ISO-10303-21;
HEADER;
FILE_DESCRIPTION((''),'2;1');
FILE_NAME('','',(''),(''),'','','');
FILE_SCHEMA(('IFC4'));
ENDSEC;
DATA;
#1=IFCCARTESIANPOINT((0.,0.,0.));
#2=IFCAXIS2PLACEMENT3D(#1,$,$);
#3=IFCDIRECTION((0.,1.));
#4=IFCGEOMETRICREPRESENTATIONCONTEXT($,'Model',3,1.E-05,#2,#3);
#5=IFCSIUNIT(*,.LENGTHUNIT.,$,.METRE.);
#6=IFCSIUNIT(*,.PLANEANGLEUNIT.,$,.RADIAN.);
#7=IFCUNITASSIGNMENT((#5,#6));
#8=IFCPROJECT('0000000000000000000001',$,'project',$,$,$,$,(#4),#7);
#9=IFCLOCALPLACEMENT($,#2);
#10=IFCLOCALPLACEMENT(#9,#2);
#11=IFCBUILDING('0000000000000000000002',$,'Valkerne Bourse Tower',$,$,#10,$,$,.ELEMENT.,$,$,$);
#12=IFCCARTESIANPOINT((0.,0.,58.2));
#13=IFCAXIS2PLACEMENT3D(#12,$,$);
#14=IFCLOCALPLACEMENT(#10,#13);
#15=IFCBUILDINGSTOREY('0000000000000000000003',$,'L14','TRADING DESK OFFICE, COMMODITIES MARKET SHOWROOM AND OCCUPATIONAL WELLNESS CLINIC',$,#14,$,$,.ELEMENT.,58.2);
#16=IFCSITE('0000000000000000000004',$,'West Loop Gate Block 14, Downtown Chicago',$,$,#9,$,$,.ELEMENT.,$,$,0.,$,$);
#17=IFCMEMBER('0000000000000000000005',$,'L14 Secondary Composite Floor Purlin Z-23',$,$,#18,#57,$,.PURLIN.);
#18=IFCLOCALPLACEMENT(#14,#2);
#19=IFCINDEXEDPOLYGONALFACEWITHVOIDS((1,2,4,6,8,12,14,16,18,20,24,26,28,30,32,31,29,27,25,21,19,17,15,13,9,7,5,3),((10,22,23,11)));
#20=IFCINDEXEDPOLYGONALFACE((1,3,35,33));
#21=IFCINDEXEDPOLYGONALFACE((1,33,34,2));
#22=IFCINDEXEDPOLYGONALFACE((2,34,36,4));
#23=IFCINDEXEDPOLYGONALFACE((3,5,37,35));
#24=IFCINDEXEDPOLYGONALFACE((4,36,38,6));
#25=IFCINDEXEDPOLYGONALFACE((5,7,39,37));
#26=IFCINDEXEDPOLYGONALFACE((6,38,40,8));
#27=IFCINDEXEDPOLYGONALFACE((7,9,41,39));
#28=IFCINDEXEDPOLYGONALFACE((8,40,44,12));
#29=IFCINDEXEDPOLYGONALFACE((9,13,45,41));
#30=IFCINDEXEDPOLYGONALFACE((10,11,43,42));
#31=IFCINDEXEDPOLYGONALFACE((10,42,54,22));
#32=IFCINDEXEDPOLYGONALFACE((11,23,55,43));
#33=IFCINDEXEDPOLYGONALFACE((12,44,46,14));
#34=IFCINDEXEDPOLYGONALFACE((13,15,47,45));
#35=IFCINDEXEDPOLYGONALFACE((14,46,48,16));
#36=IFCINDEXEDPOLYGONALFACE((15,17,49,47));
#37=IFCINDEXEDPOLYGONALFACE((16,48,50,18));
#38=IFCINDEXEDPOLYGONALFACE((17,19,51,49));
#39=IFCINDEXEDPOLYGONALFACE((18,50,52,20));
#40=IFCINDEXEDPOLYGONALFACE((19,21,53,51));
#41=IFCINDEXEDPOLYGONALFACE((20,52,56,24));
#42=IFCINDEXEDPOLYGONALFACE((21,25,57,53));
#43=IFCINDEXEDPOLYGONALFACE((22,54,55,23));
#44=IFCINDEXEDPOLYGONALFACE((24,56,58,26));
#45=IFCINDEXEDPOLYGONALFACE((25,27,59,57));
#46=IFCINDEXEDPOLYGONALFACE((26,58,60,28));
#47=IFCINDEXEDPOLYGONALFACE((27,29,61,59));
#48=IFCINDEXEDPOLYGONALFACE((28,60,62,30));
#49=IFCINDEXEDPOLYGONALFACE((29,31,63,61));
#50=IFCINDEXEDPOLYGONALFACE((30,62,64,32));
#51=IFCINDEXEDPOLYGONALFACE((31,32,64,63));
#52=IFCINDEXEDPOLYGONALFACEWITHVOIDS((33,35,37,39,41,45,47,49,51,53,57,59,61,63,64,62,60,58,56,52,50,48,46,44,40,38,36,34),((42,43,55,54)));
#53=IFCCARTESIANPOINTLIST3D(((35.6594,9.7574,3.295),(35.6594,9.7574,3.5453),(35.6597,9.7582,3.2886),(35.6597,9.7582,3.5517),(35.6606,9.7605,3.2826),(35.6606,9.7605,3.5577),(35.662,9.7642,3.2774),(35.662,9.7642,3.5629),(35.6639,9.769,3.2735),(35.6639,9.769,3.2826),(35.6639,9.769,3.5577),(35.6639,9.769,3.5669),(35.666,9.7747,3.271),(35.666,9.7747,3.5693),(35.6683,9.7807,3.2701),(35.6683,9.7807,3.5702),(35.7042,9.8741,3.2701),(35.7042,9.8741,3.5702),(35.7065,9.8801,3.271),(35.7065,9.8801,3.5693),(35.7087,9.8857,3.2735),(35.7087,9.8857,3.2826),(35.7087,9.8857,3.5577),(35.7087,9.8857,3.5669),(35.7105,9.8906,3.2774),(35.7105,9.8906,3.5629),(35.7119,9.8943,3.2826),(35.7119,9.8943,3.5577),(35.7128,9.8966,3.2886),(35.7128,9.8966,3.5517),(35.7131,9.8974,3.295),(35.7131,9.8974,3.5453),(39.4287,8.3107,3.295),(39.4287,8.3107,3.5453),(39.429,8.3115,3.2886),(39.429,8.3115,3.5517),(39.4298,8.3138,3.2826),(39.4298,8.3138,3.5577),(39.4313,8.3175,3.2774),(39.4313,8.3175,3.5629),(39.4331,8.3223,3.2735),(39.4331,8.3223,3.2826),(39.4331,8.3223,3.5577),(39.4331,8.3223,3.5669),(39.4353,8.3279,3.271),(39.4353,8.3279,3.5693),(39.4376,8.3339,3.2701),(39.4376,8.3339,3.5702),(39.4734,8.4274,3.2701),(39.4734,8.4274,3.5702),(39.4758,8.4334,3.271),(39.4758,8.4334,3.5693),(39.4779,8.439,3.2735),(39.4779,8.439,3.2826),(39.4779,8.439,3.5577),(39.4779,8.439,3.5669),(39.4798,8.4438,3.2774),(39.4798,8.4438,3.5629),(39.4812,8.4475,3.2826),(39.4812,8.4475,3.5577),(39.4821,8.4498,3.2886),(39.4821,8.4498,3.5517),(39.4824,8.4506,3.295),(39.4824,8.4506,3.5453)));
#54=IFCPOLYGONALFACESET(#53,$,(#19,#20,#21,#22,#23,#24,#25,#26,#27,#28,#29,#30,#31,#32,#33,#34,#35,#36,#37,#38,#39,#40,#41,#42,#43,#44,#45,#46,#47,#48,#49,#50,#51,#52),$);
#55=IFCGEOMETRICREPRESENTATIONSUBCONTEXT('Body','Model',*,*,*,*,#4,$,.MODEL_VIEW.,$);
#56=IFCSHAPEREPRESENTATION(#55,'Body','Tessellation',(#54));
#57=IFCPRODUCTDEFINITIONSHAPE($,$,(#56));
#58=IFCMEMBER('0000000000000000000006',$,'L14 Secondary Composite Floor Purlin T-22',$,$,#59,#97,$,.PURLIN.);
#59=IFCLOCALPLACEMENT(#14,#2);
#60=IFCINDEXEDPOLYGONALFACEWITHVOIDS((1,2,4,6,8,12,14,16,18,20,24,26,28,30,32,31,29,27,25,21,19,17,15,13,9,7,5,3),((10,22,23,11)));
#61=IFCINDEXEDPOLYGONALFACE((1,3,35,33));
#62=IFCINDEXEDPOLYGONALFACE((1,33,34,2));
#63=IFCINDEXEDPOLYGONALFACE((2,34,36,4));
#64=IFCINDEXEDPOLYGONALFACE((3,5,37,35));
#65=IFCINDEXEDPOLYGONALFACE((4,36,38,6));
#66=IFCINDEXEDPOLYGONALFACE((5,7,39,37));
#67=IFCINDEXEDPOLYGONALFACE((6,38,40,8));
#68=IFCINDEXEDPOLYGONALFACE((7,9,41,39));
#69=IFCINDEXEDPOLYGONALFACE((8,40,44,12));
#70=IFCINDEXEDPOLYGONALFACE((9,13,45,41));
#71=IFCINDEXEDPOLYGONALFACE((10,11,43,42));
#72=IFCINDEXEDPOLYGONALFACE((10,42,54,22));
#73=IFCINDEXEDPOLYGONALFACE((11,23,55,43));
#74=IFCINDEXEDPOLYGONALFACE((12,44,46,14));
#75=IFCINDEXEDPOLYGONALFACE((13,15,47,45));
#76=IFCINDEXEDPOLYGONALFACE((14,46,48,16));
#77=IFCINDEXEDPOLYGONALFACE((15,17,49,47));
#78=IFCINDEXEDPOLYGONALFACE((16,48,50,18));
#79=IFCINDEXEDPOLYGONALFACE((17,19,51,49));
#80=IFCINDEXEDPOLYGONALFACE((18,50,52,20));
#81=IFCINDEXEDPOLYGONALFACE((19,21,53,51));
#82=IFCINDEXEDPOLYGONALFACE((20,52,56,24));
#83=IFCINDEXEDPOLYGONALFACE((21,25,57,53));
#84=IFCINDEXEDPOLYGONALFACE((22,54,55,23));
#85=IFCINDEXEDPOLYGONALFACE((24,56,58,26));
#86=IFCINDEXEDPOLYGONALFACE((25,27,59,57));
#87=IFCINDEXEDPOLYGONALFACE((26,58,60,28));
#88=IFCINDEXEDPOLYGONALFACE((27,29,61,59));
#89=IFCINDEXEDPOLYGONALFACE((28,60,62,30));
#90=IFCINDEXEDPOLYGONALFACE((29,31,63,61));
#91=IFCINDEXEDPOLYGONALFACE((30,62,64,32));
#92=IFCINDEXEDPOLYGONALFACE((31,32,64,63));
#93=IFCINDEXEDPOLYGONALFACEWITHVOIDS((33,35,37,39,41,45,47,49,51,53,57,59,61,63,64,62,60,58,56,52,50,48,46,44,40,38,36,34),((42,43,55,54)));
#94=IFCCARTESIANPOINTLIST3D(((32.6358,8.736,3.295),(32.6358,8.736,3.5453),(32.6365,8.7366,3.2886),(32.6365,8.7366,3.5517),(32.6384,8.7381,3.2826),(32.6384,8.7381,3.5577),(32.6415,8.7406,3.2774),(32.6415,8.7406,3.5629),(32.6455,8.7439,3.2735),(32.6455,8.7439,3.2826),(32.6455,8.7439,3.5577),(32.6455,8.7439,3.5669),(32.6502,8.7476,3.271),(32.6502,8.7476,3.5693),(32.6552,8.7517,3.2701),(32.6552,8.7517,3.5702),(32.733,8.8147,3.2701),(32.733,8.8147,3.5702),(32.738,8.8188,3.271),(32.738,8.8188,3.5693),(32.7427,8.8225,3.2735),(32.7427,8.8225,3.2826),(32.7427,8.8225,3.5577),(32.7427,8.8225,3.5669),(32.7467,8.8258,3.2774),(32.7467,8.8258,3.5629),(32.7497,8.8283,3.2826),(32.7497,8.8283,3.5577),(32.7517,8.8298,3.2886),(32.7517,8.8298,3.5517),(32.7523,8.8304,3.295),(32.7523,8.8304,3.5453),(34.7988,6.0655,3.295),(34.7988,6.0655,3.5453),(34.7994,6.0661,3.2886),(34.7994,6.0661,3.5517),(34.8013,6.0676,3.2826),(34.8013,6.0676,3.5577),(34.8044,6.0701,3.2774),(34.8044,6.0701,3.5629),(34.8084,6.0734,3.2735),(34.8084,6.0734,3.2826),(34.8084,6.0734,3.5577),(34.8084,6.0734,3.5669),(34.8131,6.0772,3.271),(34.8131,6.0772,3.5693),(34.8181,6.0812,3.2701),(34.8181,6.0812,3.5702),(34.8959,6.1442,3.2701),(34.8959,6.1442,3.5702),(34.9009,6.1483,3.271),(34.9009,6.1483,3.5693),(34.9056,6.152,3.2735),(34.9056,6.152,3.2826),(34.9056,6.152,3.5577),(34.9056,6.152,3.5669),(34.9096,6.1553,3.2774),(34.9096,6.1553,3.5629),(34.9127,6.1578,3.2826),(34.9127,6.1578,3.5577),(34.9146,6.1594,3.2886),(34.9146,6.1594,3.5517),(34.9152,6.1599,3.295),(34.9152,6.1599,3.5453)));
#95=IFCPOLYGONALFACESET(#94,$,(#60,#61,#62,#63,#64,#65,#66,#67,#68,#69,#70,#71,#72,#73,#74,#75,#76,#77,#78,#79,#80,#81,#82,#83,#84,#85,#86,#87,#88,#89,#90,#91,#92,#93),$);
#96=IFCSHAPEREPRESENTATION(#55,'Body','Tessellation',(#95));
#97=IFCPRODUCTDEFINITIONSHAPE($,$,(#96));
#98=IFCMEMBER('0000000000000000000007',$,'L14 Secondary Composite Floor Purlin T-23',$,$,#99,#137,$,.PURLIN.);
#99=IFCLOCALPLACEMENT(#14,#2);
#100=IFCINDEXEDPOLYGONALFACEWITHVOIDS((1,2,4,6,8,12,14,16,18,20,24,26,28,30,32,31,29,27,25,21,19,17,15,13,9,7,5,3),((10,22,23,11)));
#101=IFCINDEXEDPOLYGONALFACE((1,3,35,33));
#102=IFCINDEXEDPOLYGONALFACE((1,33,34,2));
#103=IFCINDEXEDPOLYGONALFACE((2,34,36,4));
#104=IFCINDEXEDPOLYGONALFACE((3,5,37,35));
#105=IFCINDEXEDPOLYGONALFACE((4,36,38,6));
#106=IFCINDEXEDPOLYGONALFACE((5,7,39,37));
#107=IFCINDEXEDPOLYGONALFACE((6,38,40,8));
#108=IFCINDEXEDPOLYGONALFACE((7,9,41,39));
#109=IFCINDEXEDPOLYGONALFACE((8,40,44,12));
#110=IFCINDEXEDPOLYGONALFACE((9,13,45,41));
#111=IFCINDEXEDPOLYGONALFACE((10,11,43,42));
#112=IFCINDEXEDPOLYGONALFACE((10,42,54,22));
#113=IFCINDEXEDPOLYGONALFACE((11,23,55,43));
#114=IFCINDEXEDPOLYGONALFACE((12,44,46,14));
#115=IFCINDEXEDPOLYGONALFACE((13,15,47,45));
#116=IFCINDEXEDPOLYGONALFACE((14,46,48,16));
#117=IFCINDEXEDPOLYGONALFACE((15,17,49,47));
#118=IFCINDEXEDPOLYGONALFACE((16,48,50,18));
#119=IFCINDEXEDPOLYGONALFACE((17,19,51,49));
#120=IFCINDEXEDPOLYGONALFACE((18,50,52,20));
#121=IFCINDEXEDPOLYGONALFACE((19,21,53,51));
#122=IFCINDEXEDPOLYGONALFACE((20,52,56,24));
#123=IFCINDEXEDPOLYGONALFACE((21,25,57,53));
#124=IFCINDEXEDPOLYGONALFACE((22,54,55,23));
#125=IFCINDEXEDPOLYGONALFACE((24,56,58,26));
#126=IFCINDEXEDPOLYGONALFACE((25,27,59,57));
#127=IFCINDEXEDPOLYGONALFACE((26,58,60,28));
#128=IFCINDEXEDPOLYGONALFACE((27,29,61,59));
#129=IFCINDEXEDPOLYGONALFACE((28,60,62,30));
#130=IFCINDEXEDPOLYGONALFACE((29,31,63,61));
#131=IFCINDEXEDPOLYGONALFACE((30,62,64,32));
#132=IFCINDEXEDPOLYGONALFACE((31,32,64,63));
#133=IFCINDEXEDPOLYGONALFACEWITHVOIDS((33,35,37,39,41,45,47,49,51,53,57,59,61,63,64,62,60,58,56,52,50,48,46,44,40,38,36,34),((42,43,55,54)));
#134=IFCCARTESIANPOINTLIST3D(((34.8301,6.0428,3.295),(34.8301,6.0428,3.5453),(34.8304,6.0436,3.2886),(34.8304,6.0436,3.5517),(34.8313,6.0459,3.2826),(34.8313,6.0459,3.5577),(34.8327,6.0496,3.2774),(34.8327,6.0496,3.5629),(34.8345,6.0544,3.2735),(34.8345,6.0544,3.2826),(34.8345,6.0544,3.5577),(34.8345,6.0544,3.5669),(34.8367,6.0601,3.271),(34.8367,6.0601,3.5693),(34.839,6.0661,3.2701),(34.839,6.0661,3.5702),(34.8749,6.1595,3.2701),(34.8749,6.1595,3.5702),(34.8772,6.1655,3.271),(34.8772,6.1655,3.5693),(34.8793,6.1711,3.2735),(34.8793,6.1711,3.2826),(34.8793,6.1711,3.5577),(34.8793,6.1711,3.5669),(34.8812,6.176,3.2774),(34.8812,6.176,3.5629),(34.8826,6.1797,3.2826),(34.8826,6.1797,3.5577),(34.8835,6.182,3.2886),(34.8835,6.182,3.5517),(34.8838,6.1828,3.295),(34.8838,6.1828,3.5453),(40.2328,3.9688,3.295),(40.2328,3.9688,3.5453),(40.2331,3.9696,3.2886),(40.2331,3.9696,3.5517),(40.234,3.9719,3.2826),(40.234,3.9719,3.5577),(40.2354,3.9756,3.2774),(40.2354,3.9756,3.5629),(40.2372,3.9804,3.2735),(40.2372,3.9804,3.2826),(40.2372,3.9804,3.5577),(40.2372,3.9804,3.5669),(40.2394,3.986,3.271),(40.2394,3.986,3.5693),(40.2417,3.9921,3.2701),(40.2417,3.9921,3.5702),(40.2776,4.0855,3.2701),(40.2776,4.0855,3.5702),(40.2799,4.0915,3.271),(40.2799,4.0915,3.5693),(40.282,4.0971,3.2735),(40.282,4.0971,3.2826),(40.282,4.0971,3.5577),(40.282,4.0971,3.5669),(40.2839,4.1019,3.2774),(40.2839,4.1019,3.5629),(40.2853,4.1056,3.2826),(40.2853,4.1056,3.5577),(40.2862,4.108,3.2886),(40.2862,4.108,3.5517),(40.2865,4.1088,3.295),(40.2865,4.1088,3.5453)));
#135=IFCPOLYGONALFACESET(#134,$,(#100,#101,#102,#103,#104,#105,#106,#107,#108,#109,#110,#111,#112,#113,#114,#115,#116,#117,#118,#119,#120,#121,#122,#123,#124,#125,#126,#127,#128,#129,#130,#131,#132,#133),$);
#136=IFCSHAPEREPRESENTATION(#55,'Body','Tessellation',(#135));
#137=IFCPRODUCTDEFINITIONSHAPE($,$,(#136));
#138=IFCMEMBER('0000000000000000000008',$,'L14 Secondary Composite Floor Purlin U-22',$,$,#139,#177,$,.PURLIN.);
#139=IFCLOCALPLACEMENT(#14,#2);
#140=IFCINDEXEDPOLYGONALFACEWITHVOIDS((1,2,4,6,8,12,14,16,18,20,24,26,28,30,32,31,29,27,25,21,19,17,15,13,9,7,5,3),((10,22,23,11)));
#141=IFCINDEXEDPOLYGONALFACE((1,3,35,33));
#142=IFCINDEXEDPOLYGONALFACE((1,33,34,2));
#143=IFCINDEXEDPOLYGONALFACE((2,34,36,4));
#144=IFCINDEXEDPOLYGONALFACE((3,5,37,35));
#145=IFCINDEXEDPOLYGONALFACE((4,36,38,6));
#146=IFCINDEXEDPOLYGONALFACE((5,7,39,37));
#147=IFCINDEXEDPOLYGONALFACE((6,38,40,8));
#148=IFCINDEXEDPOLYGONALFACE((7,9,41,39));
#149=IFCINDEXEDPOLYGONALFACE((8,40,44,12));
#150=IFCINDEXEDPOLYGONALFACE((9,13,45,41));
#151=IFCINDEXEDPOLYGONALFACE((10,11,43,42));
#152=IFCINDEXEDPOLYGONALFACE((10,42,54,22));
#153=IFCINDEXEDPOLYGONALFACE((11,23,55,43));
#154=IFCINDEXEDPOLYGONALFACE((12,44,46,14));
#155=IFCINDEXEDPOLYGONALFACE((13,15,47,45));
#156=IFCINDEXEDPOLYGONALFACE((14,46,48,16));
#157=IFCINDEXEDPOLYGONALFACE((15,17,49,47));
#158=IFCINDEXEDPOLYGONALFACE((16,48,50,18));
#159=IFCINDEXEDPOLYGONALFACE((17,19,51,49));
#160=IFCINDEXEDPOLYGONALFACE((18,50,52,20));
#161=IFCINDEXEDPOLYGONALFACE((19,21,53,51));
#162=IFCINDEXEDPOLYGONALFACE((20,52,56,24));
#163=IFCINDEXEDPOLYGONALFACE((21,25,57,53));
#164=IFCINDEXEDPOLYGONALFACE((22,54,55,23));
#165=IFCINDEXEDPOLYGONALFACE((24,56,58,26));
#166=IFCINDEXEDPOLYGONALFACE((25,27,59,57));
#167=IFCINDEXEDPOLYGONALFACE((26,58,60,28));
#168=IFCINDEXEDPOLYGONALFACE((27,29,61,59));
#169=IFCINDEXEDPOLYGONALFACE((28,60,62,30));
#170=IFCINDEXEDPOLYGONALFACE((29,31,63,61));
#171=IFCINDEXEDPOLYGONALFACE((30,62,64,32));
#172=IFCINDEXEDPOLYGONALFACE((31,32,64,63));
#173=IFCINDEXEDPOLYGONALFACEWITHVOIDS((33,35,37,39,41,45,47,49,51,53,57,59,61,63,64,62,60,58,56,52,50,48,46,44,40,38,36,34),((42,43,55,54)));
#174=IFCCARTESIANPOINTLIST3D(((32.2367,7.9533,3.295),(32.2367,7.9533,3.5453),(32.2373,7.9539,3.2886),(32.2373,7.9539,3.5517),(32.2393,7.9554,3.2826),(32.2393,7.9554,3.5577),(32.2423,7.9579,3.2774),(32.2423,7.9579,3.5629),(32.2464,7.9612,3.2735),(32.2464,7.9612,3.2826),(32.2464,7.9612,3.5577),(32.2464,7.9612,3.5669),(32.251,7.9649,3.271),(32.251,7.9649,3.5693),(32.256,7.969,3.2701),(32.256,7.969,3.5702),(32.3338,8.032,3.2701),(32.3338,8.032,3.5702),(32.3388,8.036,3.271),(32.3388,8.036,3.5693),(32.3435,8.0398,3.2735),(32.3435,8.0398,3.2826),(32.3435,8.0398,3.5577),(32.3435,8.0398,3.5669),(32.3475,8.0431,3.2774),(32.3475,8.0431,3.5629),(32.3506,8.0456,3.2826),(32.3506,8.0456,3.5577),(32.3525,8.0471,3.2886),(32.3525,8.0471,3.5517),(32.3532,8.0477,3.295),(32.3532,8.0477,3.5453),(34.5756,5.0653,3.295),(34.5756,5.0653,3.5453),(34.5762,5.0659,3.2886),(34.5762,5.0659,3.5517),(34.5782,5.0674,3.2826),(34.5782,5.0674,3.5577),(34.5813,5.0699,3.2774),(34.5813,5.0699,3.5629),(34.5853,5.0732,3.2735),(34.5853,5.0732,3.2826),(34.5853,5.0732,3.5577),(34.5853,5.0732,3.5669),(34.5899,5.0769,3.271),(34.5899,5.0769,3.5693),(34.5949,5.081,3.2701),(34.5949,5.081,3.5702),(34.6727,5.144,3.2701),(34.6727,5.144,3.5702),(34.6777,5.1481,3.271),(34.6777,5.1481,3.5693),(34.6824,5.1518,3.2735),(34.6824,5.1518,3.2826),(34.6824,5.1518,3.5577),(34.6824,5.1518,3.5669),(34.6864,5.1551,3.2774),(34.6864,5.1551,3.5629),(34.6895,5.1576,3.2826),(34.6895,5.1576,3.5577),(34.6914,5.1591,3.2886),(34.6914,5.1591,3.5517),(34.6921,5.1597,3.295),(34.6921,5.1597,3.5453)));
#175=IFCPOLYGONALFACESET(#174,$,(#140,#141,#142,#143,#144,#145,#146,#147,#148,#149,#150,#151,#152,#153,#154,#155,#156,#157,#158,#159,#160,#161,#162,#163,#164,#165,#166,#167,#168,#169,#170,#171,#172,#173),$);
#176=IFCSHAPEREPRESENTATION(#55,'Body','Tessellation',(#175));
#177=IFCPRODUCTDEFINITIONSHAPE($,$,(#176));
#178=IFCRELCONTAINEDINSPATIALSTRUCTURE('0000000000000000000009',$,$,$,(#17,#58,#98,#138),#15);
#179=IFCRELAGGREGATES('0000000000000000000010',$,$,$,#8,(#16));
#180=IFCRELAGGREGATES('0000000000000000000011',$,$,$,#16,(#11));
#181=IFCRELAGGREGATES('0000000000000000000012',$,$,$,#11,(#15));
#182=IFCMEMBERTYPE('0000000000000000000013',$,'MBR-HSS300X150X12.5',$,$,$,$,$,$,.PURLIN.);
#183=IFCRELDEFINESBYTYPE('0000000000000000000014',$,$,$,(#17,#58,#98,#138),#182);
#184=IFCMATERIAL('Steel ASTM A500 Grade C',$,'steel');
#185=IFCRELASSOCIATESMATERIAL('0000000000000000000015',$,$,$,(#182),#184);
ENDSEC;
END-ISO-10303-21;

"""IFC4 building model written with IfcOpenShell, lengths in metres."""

from ifc_helpers import new_model, si_unit, direction, frame, origin, origin_2d, place, context, subcontext, project, spatial, hollow_rectangle, extrude, material, material_profile, profile_set, type_object, element, save


model = new_model("IFC4")

# Units and contexts
model_context = context("Model", 3, precision=1e-05, world=origin(), true_north=direction((0.0, 1.0)))
body_context = subcontext(model_context, "Body", "Model", "MODEL_VIEW")
ifc_project = project(units=[si_unit("LENGTHUNIT", "METRE"), si_unit("PLANEANGLEUNIT", "RADIAN")], contexts=[model_context])

# Site, building, storey
site_placement = place(None, origin())
site = spatial("IfcSite", under=ifc_project, at=site_placement, Name="West Loop Gate Block 14, Downtown Chicago", CompositionType="ELEMENT", RefElevation=0.0)
building_placement = place(site_placement, origin())
building = spatial("IfcBuilding", under=site, at=building_placement, Name="Valkerne Bourse Tower", CompositionType="ELEMENT")
storey_placement = place(building_placement, frame((0.0, 0.0, 58.2)))
storey = spatial("IfcBuildingStorey", under=building, at=storey_placement, Name="L14", Description="TRADING DESK OFFICE, COMMODITIES MARKET SHOWROOM AND OCCUPATIONAL WELLNESS CLINIC", CompositionType="ELEMENT", Elevation=58.2)

# Members
ifc_material_1 = material(Name="Steel ASTM A500 Grade C", Category="steel")
ifc_material_profile_1 = material_profile(ifc_material_1, hollow_rectangle(XDim=0.1499, YDim=0.3, WallThickness=0.0125, OuterFilletRadius=0.0249, at=origin_2d()), Name="HSS300X150X12.5")
ifc_profile_set_1 = profile_set([ifc_material_profile_1], Name="Steel ASTM A500 Grade C")
member_type_1 = type_object("IfcMemberType", Name="MBR-HSS300X150X12.5", PredefinedType="PURLIN", material=ifc_profile_set_1)
member_1_placement = place(storey_placement, frame((35.6863, 9.8274, 3.4202), z_axis=(0.93359, -0.358343, 0.0), x_axis=(0.358343, 0.93359, 0.0)))
element("IfcMember", 1, at=member_1_placement, inside=storey, type_object=member_type_1, Name="L14 Secondary Composite Floor Purlin Z-23", PredefinedType="PURLIN", context=body_context, shape_type="SweptSolid", body=[
    extrude(hollow_rectangle(XDim=0.1499, YDim=0.3, WallThickness=0.0125, OuterFilletRadius=0.0249, at=origin_2d()), origin(), (0.0, 0.0, 1.0), 4.0374),
])
member_2_placement = place(storey_placement, frame((32.6941, 8.7832, 3.4202), z_axis=(0.629388, -0.777091, 0.0), x_axis=(0.777091, 0.629388, 0.0)))
element("IfcMember", 2, at=member_2_placement, inside=storey, type_object=member_type_1, Name="L14 Secondary Composite Floor Purlin T-22", PredefinedType="PURLIN", context=body_context, shape_type="SweptSolid", body=[
    extrude(hollow_rectangle(XDim=0.1499, YDim=0.3, WallThickness=0.0125, OuterFilletRadius=0.0249, at=origin_2d()), origin(), (0.0, 0.0, 1.0), 3.4365),
])
member_3_placement = place(storey_placement, frame((34.8569, 6.1128, 3.4202), z_axis=(0.933574, -0.358385, 0.0), x_axis=(0.358385, 0.933574, 0.0)))
element("IfcMember", 3, at=member_3_placement, inside=storey, type_object=member_type_1, Name="L14 Secondary Composite Floor Purlin T-23", PredefinedType="PURLIN", context=body_context, shape_type="SweptSolid", body=[
    extrude(hollow_rectangle(XDim=0.1499, YDim=0.3, WallThickness=0.0125, OuterFilletRadius=0.0249, at=origin_2d()), origin(), (0.0, 0.0, 1.0), 5.7871),
])
member_4_placement = place(storey_placement, frame((32.2949, 8.0005, 3.4202), z_axis=(0.629363, -0.777112, 0.0), x_axis=(0.777112, 0.629363, 0.0)))
element("IfcMember", 4, at=member_4_placement, inside=storey, type_object=member_type_1, Name="L14 Secondary Composite Floor Purlin U-22", PredefinedType="PURLIN", context=body_context, shape_type="SweptSolid", body=[
    extrude(hollow_rectangle(XDim=0.1499, YDim=0.3, WallThickness=0.0125, OuterFilletRadius=0.0249, at=origin_2d()), origin(), (0.0, 0.0, 1.0), 3.7163),
])

save(model, "model.ifc")
